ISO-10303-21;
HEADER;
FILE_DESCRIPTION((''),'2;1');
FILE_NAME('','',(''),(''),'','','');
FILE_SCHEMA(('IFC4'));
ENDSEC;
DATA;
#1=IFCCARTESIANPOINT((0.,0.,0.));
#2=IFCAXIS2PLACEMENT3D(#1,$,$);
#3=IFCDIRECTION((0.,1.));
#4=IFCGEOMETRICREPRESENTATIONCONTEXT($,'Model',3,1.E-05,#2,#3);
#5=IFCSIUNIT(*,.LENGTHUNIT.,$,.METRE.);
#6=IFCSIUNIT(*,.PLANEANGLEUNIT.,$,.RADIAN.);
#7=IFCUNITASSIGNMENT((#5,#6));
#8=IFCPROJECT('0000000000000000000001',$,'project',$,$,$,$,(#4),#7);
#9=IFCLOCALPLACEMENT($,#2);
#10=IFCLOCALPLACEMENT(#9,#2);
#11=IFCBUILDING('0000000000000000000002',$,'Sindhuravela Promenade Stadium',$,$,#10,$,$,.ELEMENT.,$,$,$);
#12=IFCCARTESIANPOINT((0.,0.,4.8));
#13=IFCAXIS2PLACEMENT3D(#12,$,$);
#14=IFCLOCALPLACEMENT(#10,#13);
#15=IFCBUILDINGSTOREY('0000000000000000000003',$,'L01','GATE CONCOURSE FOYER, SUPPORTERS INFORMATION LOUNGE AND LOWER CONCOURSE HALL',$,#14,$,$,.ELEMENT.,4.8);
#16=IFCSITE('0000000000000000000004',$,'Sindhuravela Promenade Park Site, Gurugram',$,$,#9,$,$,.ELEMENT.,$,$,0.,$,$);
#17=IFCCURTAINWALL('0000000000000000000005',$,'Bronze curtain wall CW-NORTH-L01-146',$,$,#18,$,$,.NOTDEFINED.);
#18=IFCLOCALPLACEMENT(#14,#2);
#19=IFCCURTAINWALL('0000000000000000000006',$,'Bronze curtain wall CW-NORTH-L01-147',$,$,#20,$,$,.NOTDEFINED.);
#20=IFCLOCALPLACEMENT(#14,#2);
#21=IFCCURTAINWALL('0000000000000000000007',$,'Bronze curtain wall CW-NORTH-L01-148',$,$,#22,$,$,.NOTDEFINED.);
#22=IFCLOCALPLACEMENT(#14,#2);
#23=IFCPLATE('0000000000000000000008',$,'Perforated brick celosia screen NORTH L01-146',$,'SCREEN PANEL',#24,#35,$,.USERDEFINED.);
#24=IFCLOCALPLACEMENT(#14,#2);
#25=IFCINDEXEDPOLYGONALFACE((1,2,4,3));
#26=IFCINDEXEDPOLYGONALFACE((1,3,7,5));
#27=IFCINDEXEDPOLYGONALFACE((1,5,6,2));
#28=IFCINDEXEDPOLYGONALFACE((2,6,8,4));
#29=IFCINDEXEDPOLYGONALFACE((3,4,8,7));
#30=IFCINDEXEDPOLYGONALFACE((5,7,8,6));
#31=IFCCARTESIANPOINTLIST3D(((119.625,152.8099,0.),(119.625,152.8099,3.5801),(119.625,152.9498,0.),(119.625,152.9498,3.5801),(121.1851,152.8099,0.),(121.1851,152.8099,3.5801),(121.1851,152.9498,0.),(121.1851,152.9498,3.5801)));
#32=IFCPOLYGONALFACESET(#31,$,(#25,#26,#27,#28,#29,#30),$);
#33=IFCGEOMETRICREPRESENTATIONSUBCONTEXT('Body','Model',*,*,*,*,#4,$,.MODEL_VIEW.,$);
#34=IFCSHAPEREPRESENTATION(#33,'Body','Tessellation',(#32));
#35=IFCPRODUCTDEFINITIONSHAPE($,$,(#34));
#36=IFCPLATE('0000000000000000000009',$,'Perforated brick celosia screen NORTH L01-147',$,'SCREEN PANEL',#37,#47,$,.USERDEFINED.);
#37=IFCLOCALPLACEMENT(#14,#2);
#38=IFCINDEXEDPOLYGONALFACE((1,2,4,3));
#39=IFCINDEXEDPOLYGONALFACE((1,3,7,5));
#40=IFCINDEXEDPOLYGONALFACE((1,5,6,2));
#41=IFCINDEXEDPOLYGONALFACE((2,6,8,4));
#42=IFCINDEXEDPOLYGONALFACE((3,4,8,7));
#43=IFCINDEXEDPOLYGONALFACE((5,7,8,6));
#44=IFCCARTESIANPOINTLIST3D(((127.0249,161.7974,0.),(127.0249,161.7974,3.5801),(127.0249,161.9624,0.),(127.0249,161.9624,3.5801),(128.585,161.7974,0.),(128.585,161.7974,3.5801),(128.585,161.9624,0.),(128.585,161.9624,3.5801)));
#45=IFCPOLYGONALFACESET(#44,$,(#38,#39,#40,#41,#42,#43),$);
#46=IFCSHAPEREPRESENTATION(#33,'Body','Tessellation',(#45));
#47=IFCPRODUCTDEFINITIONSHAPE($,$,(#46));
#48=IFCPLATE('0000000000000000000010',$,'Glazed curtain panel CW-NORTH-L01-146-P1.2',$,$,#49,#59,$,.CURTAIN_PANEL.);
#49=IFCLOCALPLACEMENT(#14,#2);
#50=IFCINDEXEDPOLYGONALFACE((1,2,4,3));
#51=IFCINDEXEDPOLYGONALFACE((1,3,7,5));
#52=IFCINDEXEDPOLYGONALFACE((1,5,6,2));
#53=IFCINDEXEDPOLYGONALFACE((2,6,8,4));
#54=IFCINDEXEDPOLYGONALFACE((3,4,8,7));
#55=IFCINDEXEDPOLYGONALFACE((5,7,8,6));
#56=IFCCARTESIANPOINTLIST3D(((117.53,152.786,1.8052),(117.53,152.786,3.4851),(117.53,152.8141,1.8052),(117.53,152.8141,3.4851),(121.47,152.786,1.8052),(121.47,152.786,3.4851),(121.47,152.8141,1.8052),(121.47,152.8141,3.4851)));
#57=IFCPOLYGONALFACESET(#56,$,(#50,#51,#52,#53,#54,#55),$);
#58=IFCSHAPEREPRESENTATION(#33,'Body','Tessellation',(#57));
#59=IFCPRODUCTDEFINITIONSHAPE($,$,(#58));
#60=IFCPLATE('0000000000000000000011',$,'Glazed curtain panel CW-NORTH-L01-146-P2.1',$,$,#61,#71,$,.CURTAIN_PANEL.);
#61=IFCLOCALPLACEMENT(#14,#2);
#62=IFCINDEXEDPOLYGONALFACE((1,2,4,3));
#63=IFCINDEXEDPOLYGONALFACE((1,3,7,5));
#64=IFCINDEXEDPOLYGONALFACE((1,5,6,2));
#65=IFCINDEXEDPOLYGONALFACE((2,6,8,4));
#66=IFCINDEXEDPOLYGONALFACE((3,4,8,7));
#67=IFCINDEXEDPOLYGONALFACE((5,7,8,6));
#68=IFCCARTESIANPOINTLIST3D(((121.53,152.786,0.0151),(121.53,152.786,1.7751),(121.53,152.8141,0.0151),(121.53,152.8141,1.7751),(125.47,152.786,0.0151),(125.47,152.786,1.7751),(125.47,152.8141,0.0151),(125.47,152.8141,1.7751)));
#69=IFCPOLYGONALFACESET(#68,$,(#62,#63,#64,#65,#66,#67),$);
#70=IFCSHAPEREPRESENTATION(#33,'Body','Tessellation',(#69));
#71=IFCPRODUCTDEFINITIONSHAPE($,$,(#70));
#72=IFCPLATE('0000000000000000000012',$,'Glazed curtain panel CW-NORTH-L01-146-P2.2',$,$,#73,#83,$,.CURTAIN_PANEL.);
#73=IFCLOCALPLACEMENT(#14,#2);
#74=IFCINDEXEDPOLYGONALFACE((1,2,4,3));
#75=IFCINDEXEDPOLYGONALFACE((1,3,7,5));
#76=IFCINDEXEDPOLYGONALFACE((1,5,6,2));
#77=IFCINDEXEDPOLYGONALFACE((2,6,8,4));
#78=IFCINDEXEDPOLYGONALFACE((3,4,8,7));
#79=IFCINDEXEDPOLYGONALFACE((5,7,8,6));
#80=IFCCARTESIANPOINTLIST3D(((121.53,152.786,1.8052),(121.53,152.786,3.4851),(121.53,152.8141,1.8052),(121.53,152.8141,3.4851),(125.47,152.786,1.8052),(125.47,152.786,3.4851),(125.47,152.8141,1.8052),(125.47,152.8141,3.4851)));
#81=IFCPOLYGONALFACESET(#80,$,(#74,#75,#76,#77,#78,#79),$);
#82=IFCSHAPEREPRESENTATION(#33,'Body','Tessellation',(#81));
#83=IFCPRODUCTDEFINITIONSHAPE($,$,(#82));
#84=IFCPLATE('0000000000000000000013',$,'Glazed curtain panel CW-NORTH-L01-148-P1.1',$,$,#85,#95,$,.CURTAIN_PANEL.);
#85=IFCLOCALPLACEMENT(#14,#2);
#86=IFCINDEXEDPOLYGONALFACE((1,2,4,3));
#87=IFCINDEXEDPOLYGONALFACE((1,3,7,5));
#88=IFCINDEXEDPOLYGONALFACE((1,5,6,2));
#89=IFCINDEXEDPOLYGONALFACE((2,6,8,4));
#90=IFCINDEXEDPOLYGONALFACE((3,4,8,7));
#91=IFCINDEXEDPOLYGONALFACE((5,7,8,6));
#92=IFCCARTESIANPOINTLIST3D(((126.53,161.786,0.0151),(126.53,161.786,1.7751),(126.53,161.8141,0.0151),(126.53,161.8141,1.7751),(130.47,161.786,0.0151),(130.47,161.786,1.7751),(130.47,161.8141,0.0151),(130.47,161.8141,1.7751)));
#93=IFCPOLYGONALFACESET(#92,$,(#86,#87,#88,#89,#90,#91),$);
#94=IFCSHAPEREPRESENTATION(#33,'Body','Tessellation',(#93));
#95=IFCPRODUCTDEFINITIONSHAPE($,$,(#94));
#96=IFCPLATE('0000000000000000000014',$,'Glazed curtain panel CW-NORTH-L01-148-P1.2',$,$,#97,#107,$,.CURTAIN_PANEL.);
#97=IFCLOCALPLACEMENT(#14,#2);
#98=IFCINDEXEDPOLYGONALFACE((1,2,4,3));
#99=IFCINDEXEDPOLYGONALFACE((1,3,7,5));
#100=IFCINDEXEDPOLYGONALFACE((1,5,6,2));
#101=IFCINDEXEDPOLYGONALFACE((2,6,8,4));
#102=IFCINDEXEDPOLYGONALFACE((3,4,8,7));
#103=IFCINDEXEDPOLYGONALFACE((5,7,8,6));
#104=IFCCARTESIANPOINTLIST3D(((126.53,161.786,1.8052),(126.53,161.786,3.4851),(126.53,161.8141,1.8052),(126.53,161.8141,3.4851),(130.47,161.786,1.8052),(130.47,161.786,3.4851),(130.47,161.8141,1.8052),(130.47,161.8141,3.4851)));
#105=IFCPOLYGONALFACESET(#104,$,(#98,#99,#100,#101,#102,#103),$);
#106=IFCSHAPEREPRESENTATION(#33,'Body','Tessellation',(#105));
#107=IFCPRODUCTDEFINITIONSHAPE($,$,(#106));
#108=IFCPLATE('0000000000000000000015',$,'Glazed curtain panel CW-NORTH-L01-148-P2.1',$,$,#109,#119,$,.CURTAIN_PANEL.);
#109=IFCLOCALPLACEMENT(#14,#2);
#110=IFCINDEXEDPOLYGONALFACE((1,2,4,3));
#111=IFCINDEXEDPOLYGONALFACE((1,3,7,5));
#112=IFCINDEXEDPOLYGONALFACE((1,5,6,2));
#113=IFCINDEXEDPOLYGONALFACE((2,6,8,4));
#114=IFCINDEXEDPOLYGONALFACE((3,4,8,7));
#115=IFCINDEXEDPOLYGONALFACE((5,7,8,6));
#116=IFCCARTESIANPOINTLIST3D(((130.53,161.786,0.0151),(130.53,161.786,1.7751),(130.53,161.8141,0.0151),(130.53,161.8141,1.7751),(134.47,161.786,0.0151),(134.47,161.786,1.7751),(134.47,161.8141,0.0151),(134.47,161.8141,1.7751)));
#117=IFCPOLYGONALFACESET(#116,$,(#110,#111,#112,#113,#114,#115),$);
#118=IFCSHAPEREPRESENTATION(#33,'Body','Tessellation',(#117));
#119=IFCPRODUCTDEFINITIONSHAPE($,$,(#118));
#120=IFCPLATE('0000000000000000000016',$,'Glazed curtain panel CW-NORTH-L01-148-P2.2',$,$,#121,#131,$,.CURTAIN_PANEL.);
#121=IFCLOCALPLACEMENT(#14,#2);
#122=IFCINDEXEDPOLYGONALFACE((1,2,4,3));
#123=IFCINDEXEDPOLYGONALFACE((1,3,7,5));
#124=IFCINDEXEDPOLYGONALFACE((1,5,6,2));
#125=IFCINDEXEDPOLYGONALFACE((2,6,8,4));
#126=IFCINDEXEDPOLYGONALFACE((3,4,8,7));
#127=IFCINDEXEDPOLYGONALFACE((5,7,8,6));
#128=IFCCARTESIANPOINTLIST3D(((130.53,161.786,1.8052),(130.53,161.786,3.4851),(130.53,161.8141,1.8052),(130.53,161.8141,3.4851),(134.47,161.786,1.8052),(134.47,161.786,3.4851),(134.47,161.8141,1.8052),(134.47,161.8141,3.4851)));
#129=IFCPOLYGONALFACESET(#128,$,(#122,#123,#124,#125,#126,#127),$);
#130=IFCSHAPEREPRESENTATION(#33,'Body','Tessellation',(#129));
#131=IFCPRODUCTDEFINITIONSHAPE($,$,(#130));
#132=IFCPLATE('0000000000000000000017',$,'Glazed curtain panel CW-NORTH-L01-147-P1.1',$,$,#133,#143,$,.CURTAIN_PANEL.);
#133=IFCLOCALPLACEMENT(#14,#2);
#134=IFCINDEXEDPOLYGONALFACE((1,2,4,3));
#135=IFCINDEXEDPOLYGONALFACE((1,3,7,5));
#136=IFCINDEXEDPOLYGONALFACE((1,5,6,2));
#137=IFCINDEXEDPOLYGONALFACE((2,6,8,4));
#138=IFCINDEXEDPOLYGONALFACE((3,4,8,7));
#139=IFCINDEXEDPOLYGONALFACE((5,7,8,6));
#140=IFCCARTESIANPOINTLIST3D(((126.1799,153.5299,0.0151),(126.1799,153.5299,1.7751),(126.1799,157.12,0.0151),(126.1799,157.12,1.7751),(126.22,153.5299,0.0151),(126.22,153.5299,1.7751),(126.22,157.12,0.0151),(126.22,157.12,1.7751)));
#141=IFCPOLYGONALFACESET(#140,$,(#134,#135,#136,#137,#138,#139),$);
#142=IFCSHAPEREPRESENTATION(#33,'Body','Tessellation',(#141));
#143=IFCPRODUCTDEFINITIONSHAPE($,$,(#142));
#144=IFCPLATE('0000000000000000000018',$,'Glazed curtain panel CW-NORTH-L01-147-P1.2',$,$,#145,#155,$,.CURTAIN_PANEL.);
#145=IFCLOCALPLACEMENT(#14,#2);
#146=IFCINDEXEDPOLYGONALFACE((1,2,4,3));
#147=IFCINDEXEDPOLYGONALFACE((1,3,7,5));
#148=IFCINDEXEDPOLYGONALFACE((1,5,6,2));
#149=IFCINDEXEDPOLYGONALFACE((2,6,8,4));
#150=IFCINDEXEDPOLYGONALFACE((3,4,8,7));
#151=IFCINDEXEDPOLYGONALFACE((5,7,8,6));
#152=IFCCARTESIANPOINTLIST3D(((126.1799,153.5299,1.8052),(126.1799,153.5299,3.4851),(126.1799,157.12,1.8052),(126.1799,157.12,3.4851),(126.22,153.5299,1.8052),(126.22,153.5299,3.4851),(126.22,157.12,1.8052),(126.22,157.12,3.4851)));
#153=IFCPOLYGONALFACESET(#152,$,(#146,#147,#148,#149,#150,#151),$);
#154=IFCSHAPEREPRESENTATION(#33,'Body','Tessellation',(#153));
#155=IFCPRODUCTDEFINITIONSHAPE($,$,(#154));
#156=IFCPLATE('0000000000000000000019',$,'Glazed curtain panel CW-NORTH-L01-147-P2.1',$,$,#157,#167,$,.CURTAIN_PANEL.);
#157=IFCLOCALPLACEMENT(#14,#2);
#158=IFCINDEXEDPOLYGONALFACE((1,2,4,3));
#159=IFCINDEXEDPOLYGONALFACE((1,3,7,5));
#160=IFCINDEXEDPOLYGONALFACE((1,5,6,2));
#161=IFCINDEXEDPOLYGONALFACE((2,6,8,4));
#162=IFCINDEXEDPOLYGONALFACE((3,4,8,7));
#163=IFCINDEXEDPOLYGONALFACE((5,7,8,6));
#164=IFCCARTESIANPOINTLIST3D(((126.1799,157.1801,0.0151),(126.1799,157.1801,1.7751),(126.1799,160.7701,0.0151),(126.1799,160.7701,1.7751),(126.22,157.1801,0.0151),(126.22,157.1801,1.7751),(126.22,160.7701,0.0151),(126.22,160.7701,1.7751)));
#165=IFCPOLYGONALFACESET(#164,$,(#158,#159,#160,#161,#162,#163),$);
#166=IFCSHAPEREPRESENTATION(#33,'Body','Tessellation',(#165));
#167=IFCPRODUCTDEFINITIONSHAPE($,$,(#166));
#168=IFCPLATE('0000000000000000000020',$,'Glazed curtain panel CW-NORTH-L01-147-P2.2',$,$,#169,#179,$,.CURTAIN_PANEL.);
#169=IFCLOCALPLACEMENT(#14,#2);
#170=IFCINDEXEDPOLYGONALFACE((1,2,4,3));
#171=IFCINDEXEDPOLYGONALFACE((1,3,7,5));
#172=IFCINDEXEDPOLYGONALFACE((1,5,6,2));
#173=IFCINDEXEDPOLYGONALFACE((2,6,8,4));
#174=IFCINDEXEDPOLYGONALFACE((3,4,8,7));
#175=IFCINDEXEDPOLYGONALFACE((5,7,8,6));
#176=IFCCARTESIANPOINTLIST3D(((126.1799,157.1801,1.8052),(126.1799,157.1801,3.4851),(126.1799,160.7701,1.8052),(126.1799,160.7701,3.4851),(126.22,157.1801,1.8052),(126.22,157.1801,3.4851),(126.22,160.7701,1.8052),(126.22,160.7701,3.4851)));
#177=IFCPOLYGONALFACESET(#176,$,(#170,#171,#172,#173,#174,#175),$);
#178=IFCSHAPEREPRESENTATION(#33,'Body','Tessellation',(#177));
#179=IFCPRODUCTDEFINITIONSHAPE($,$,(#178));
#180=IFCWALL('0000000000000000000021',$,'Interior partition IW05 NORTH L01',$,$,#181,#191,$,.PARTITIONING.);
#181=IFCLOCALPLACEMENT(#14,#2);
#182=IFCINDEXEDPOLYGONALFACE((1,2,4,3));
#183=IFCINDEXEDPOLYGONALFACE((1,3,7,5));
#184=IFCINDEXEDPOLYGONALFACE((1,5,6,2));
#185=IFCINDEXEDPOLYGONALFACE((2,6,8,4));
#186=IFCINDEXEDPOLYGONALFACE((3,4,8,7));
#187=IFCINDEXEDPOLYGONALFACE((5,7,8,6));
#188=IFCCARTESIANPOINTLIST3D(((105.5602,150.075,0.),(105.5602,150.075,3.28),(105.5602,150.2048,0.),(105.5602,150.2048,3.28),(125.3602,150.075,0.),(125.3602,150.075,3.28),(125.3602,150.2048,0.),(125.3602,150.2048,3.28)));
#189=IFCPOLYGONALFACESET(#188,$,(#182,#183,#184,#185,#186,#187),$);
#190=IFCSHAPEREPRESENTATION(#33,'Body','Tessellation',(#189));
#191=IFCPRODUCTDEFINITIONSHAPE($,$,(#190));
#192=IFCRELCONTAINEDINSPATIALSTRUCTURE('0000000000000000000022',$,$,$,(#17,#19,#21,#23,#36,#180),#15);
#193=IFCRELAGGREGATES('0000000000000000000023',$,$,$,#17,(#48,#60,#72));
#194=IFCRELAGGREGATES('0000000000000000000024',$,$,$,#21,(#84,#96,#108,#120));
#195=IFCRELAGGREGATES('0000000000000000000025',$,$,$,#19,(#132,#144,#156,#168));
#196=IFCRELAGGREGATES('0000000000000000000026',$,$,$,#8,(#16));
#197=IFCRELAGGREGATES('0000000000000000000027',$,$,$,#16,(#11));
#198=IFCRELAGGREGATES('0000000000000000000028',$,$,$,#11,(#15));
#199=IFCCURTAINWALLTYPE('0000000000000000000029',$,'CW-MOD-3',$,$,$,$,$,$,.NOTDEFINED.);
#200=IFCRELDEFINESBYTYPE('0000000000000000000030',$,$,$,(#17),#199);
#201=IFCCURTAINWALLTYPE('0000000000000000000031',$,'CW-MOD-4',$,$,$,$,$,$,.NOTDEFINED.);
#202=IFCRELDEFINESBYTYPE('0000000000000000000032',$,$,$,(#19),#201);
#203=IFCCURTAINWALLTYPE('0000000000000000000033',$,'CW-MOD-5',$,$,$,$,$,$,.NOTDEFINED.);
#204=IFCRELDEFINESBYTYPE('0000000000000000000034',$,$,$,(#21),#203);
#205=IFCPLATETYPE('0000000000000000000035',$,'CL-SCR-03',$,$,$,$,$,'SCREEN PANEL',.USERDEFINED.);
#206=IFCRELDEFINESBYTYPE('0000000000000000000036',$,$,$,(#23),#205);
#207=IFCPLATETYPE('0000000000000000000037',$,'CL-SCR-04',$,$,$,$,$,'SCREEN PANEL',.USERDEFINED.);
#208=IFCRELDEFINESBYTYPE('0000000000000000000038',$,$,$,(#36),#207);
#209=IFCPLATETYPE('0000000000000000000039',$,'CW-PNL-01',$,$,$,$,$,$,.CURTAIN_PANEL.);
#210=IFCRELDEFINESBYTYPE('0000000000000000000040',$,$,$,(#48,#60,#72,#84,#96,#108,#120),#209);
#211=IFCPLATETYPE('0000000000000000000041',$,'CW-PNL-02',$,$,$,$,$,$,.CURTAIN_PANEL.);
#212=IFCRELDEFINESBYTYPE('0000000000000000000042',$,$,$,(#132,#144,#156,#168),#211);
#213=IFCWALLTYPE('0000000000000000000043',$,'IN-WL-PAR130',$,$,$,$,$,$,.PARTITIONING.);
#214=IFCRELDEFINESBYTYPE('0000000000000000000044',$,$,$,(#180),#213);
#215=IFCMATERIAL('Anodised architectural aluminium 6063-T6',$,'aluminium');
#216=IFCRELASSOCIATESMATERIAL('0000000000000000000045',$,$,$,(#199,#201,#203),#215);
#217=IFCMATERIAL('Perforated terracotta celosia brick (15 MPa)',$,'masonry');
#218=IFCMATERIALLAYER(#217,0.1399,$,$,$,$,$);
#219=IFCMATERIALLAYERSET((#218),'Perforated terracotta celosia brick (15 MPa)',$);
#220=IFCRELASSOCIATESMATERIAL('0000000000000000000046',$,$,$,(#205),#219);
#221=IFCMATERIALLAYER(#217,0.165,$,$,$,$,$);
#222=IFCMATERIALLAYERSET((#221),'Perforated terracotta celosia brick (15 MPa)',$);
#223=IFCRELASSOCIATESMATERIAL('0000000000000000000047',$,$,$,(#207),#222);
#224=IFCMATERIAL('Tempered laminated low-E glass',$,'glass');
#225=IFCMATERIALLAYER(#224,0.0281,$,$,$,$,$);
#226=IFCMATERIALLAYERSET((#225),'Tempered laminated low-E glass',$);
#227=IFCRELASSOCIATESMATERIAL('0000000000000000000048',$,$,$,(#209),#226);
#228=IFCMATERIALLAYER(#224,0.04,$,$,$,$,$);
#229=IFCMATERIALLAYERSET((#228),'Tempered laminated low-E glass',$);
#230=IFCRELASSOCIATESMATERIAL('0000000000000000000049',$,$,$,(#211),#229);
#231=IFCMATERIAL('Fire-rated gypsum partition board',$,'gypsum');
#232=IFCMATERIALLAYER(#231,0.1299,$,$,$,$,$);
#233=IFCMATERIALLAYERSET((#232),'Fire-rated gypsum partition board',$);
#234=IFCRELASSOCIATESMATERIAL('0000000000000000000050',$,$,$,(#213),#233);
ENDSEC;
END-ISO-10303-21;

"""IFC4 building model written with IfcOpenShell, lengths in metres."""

from ifc_helpers import new_model, si_unit, direction, frame, frame_2d, origin, origin_2d, place, context, subcontext, project, spatial, rectangle, extrude, material, layer, layer_set, type_object, element, aggregate, save


model = new_model("IFC4")

# Units and contexts
model_context = context("Model", 3, precision=1e-05, world=origin(), true_north=direction((0.0, 1.0)))
body_context = subcontext(model_context, "Body", "Model", "MODEL_VIEW")
ifc_project = project(units=[si_unit("LENGTHUNIT", "METRE"), si_unit("PLANEANGLEUNIT", "RADIAN")], contexts=[model_context])

# Site, building, storey
site_placement = place(None, origin())
site = spatial("IfcSite", under=ifc_project, at=site_placement, Name="Sindhuravela Promenade Park Site, Gurugram", CompositionType="ELEMENT", RefElevation=0.0)
building_placement = place(site_placement, origin())
building = spatial("IfcBuilding", under=site, at=building_placement, Name="Sindhuravela Promenade Stadium", CompositionType="ELEMENT")
storey_placement = place(building_placement, frame((0.0, 0.0, 4.8)))
storey = spatial("IfcBuildingStorey", under=building, at=storey_placement, Name="L01", Description="GATE CONCOURSE FOYER, SUPPORTERS INFORMATION LOUNGE AND LOWER CONCOURSE HALL", CompositionType="ELEMENT", Elevation=4.8)

# Curtain walls
ifc_material_1 = material(Name="Anodised architectural aluminium 6063-T6", Category="aluminium")
curtain_wall_type_1 = type_object("IfcCurtainWallType", Name="CW-MOD-3", PredefinedType="NOTDEFINED", material=ifc_material_1)
curtain_wall_1_placement = place(storey_placement, origin())
curtain_wall_1 = element("IfcCurtainWall", 1, at=curtain_wall_1_placement, inside=storey, type_object=curtain_wall_type_1, Name="Bronze curtain wall CW-NORTH-L01-146", PredefinedType="NOTDEFINED")
curtain_wall_type_2 = type_object("IfcCurtainWallType", Name="CW-MOD-4", PredefinedType="NOTDEFINED", material=ifc_material_1)
curtain_wall_2_placement = place(storey_placement, origin())
curtain_wall_2 = element("IfcCurtainWall", 2, at=curtain_wall_2_placement, inside=storey, type_object=curtain_wall_type_2, Name="Bronze curtain wall CW-NORTH-L01-147", PredefinedType="NOTDEFINED")
curtain_wall_type_3 = type_object("IfcCurtainWallType", Name="CW-MOD-5", PredefinedType="NOTDEFINED", material=ifc_material_1)
curtain_wall_3_placement = place(storey_placement, origin())
curtain_wall_3 = element("IfcCurtainWall", 3, at=curtain_wall_3_placement, inside=storey, type_object=curtain_wall_type_3, Name="Bronze curtain wall CW-NORTH-L01-148", PredefinedType="NOTDEFINED")

# Plates
ifc_material_2 = material(Name="Perforated terracotta celosia brick (15 MPa)", Category="masonry")
ifc_layer_1 = layer(ifc_material_2, 0.1399)
ifc_layer_set_1 = layer_set([ifc_layer_1], Name="Perforated terracotta celosia brick (15 MPa)")
plate_type_1 = type_object("IfcPlateType", Name="CL-SCR-03", ElementType="SCREEN PANEL", PredefinedType="USERDEFINED", material=ifc_layer_set_1)
plate_1_placement = place(storey_placement, frame((120.405, 152.8799, 0.0), z_axis=(0.0, 0.0, 1.0), x_axis=(1.0, 0.0, 0.0)))
element("IfcPlate", 4, at=plate_1_placement, inside=storey, type_object=plate_type_1, Name="Perforated brick celosia screen NORTH L01-146", ObjectType="SCREEN PANEL", PredefinedType="USERDEFINED", context=body_context, shape_type="SweptSolid", body=[
    extrude(rectangle(XDim=1.5601, YDim=0.1399, at=origin_2d()), origin(), (0.0, 0.0, 1.0), 3.5801),
])
ifc_layer_2 = layer(ifc_material_2, 0.165)
ifc_layer_set_2 = layer_set([ifc_layer_2], Name="Perforated terracotta celosia brick (15 MPa)")
plate_type_2 = type_object("IfcPlateType", Name="CL-SCR-04", ElementType="SCREEN PANEL", PredefinedType="USERDEFINED", material=ifc_layer_set_2)
plate_2_placement = place(storey_placement, frame((127.8049, 161.8799, 0.0), z_axis=(0.0, 0.0, 1.0), x_axis=(1.0, 0.0, 0.0)))
element("IfcPlate", 5, at=plate_2_placement, inside=storey, type_object=plate_type_2, Name="Perforated brick celosia screen NORTH L01-147", ObjectType="SCREEN PANEL", PredefinedType="USERDEFINED", context=body_context, shape_type="SweptSolid", body=[
    extrude(rectangle(XDim=1.5601, YDim=0.165, at=origin_2d()), origin(), (0.0, 0.0, 1.0), 3.5801),
])

# Plates
ifc_material_3 = material(Name="Tempered laminated low-E glass", Category="glass")
ifc_layer_3 = layer(ifc_material_3, 0.0281)
ifc_layer_set_3 = layer_set([ifc_layer_3], Name="Tempered laminated low-E glass")
plate_type_3 = type_object("IfcPlateType", Name="CW-PNL-01", PredefinedType="CURTAIN_PANEL", material=ifc_layer_set_3)
plate_3_placement = place(storey_placement, frame((119.5, 152.8, 1.8052), z_axis=(0.0, 0.0, 1.0), x_axis=(1.0, 0.0, 0.0)))
plate_3 = element("IfcPlate", 6, at=plate_3_placement, type_object=plate_type_3, Name="Glazed curtain panel CW-NORTH-L01-146-P1.2", PredefinedType="CURTAIN_PANEL", context=body_context, shape_type="SweptSolid", body=[
    extrude(rectangle(XDim=3.9399, YDim=0.0281, at=origin_2d()), origin(), (0.0, 0.0, 1.0), 1.6799),
])
plate_4_placement = place(storey_placement, frame((123.5, 152.8, 0.0151), z_axis=(0.0, 0.0, 1.0), x_axis=(1.0, 0.0, 0.0)))
plate_4 = element("IfcPlate", 7, at=plate_4_placement, type_object=plate_type_3, Name="Glazed curtain panel CW-NORTH-L01-146-P2.1", PredefinedType="CURTAIN_PANEL", context=body_context, shape_type="SweptSolid", body=[
    extrude(rectangle(XDim=3.9399, YDim=0.0281, at=origin_2d()), origin(), (0.0, 0.0, 1.0), 1.76),
])
plate_5_placement = place(storey_placement, frame((123.5, 152.8, 1.8052), z_axis=(0.0, 0.0, 1.0), x_axis=(1.0, 0.0, 0.0)))
plate_5 = element("IfcPlate", 8, at=plate_5_placement, type_object=plate_type_3, Name="Glazed curtain panel CW-NORTH-L01-146-P2.2", PredefinedType="CURTAIN_PANEL", context=body_context, shape_type="SweptSolid", body=[
    extrude(rectangle(XDim=3.9399, YDim=0.0281, at=origin_2d()), origin(), (0.0, 0.0, 1.0), 1.6799),
])
aggregate(curtain_wall_1, [plate_3, plate_4, plate_5])
plate_6_placement = place(storey_placement, frame((128.5, 161.8, 0.0151), z_axis=(0.0, 0.0, 1.0), x_axis=(1.0, 0.0, 0.0)))
plate_6 = element("IfcPlate", 9, at=plate_6_placement, type_object=plate_type_3, Name="Glazed curtain panel CW-NORTH-L01-148-P1.1", PredefinedType="CURTAIN_PANEL", context=body_context, shape_type="SweptSolid", body=[
    extrude(rectangle(XDim=3.9399, YDim=0.0281, at=origin_2d()), origin(), (0.0, 0.0, 1.0), 1.76),
])
plate_7_placement = place(storey_placement, frame((128.5, 161.8, 1.8052), z_axis=(0.0, 0.0, 1.0), x_axis=(1.0, 0.0, 0.0)))
plate_7 = element("IfcPlate", 10, at=plate_7_placement, type_object=plate_type_3, Name="Glazed curtain panel CW-NORTH-L01-148-P1.2", PredefinedType="CURTAIN_PANEL", context=body_context, shape_type="SweptSolid", body=[
    extrude(rectangle(XDim=3.9399, YDim=0.0281, at=origin_2d()), origin(), (0.0, 0.0, 1.0), 1.6799),
])
plate_8_placement = place(storey_placement, frame((132.5, 161.8, 0.0151), z_axis=(0.0, 0.0, 1.0), x_axis=(1.0, 0.0, 0.0)))
plate_8 = element("IfcPlate", 11, at=plate_8_placement, type_object=plate_type_3, Name="Glazed curtain panel CW-NORTH-L01-148-P2.1", PredefinedType="CURTAIN_PANEL", context=body_context, shape_type="SweptSolid", body=[
    extrude(rectangle(XDim=3.9399, YDim=0.0281, at=origin_2d()), origin(), (0.0, 0.0, 1.0), 1.76),
])
plate_9_placement = place(storey_placement, frame((132.5, 161.8, 1.8052), z_axis=(0.0, 0.0, 1.0), x_axis=(1.0, 0.0, 0.0)))
plate_9 = element("IfcPlate", 12, at=plate_9_placement, type_object=plate_type_3, Name="Glazed curtain panel CW-NORTH-L01-148-P2.2", PredefinedType="CURTAIN_PANEL", context=body_context, shape_type="SweptSolid", body=[
    extrude(rectangle(XDim=3.9399, YDim=0.0281, at=origin_2d()), origin(), (0.0, 0.0, 1.0), 1.6799),
])
aggregate(curtain_wall_3, [plate_6, plate_7, plate_8, plate_9])
ifc_layer_4 = layer(ifc_material_3, 0.04)
ifc_layer_set_4 = layer_set([ifc_layer_4], Name="Tempered laminated low-E glass")
plate_type_4 = type_object("IfcPlateType", Name="CW-PNL-02", PredefinedType="CURTAIN_PANEL", material=ifc_layer_set_4)
plate_10_placement = place(storey_placement, frame((126.2, 155.325, 0.0151), z_axis=(0.0, 0.0, 1.0), x_axis=(0.0, 1.0, 0.0)))
plate_10 = element("IfcPlate", 13, at=plate_10_placement, type_object=plate_type_4, Name="Glazed curtain panel CW-NORTH-L01-147-P1.1", PredefinedType="CURTAIN_PANEL", context=body_context, shape_type="SweptSolid", body=[
    extrude(rectangle(XDim=3.5901, YDim=0.04, at=origin_2d()), origin(), (0.0, 0.0, 1.0), 1.76),
])
plate_11_placement = place(storey_placement, frame((126.2, 155.325, 1.8052), z_axis=(0.0, 0.0, 1.0), x_axis=(0.0, 1.0, 0.0)))
plate_11 = element("IfcPlate", 14, at=plate_11_placement, type_object=plate_type_4, Name="Glazed curtain panel CW-NORTH-L01-147-P1.2", PredefinedType="CURTAIN_PANEL", context=body_context, shape_type="SweptSolid", body=[
    extrude(rectangle(XDim=3.5901, YDim=0.04, at=origin_2d()), origin(), (0.0, 0.0, 1.0), 1.6799),
])
plate_12_placement = place(storey_placement, frame((126.2, 158.9751, 0.0151), z_axis=(0.0, 0.0, 1.0), x_axis=(0.0, 1.0, 0.0)))
plate_12 = element("IfcPlate", 15, at=plate_12_placement, type_object=plate_type_4, Name="Glazed curtain panel CW-NORTH-L01-147-P2.1", PredefinedType="CURTAIN_PANEL", context=body_context, shape_type="SweptSolid", body=[
    extrude(rectangle(XDim=3.5901, YDim=0.04, at=origin_2d()), origin(), (0.0, 0.0, 1.0), 1.76),
])
plate_13_placement = place(storey_placement, frame((126.2, 158.9751, 1.8052), z_axis=(0.0, 0.0, 1.0), x_axis=(0.0, 1.0, 0.0)))
plate_13 = element("IfcPlate", 16, at=plate_13_placement, type_object=plate_type_4, Name="Glazed curtain panel CW-NORTH-L01-147-P2.2", PredefinedType="CURTAIN_PANEL", context=body_context, shape_type="SweptSolid", body=[
    extrude(rectangle(XDim=3.5901, YDim=0.04, at=origin_2d()), origin(), (0.0, 0.0, 1.0), 1.6799),
])
aggregate(curtain_wall_2, [plate_10, plate_11, plate_12, plate_13])

# Wall
ifc_material_4 = material(Name="Fire-rated gypsum partition board", Category="gypsum")
ifc_layer_5 = layer(ifc_material_4, 0.1299)
ifc_layer_set_5 = layer_set([ifc_layer_5], Name="Fire-rated gypsum partition board")
wall_type = type_object("IfcWallType", Name="IN-WL-PAR130", PredefinedType="PARTITIONING", material=ifc_layer_set_5)
wall_placement = place(storey_placement, frame((125.3601, 150.1399, 0.0), z_axis=(0.0, 0.0, 1.0), x_axis=(-1.0, 0.0, 0.0)))
element("IfcWall", 17, at=wall_placement, inside=storey, type_object=wall_type, Name="Interior partition IW05 NORTH L01", PredefinedType="PARTITIONING", context=body_context, shape_type="SweptSolid", body=[
    extrude(rectangle(XDim=19.8, YDim=0.1299, at=frame_2d((9.8999, 0.0))), origin(), (0.0, 0.0, 1.0), 3.28),
])

save(model, "model.ifc")
